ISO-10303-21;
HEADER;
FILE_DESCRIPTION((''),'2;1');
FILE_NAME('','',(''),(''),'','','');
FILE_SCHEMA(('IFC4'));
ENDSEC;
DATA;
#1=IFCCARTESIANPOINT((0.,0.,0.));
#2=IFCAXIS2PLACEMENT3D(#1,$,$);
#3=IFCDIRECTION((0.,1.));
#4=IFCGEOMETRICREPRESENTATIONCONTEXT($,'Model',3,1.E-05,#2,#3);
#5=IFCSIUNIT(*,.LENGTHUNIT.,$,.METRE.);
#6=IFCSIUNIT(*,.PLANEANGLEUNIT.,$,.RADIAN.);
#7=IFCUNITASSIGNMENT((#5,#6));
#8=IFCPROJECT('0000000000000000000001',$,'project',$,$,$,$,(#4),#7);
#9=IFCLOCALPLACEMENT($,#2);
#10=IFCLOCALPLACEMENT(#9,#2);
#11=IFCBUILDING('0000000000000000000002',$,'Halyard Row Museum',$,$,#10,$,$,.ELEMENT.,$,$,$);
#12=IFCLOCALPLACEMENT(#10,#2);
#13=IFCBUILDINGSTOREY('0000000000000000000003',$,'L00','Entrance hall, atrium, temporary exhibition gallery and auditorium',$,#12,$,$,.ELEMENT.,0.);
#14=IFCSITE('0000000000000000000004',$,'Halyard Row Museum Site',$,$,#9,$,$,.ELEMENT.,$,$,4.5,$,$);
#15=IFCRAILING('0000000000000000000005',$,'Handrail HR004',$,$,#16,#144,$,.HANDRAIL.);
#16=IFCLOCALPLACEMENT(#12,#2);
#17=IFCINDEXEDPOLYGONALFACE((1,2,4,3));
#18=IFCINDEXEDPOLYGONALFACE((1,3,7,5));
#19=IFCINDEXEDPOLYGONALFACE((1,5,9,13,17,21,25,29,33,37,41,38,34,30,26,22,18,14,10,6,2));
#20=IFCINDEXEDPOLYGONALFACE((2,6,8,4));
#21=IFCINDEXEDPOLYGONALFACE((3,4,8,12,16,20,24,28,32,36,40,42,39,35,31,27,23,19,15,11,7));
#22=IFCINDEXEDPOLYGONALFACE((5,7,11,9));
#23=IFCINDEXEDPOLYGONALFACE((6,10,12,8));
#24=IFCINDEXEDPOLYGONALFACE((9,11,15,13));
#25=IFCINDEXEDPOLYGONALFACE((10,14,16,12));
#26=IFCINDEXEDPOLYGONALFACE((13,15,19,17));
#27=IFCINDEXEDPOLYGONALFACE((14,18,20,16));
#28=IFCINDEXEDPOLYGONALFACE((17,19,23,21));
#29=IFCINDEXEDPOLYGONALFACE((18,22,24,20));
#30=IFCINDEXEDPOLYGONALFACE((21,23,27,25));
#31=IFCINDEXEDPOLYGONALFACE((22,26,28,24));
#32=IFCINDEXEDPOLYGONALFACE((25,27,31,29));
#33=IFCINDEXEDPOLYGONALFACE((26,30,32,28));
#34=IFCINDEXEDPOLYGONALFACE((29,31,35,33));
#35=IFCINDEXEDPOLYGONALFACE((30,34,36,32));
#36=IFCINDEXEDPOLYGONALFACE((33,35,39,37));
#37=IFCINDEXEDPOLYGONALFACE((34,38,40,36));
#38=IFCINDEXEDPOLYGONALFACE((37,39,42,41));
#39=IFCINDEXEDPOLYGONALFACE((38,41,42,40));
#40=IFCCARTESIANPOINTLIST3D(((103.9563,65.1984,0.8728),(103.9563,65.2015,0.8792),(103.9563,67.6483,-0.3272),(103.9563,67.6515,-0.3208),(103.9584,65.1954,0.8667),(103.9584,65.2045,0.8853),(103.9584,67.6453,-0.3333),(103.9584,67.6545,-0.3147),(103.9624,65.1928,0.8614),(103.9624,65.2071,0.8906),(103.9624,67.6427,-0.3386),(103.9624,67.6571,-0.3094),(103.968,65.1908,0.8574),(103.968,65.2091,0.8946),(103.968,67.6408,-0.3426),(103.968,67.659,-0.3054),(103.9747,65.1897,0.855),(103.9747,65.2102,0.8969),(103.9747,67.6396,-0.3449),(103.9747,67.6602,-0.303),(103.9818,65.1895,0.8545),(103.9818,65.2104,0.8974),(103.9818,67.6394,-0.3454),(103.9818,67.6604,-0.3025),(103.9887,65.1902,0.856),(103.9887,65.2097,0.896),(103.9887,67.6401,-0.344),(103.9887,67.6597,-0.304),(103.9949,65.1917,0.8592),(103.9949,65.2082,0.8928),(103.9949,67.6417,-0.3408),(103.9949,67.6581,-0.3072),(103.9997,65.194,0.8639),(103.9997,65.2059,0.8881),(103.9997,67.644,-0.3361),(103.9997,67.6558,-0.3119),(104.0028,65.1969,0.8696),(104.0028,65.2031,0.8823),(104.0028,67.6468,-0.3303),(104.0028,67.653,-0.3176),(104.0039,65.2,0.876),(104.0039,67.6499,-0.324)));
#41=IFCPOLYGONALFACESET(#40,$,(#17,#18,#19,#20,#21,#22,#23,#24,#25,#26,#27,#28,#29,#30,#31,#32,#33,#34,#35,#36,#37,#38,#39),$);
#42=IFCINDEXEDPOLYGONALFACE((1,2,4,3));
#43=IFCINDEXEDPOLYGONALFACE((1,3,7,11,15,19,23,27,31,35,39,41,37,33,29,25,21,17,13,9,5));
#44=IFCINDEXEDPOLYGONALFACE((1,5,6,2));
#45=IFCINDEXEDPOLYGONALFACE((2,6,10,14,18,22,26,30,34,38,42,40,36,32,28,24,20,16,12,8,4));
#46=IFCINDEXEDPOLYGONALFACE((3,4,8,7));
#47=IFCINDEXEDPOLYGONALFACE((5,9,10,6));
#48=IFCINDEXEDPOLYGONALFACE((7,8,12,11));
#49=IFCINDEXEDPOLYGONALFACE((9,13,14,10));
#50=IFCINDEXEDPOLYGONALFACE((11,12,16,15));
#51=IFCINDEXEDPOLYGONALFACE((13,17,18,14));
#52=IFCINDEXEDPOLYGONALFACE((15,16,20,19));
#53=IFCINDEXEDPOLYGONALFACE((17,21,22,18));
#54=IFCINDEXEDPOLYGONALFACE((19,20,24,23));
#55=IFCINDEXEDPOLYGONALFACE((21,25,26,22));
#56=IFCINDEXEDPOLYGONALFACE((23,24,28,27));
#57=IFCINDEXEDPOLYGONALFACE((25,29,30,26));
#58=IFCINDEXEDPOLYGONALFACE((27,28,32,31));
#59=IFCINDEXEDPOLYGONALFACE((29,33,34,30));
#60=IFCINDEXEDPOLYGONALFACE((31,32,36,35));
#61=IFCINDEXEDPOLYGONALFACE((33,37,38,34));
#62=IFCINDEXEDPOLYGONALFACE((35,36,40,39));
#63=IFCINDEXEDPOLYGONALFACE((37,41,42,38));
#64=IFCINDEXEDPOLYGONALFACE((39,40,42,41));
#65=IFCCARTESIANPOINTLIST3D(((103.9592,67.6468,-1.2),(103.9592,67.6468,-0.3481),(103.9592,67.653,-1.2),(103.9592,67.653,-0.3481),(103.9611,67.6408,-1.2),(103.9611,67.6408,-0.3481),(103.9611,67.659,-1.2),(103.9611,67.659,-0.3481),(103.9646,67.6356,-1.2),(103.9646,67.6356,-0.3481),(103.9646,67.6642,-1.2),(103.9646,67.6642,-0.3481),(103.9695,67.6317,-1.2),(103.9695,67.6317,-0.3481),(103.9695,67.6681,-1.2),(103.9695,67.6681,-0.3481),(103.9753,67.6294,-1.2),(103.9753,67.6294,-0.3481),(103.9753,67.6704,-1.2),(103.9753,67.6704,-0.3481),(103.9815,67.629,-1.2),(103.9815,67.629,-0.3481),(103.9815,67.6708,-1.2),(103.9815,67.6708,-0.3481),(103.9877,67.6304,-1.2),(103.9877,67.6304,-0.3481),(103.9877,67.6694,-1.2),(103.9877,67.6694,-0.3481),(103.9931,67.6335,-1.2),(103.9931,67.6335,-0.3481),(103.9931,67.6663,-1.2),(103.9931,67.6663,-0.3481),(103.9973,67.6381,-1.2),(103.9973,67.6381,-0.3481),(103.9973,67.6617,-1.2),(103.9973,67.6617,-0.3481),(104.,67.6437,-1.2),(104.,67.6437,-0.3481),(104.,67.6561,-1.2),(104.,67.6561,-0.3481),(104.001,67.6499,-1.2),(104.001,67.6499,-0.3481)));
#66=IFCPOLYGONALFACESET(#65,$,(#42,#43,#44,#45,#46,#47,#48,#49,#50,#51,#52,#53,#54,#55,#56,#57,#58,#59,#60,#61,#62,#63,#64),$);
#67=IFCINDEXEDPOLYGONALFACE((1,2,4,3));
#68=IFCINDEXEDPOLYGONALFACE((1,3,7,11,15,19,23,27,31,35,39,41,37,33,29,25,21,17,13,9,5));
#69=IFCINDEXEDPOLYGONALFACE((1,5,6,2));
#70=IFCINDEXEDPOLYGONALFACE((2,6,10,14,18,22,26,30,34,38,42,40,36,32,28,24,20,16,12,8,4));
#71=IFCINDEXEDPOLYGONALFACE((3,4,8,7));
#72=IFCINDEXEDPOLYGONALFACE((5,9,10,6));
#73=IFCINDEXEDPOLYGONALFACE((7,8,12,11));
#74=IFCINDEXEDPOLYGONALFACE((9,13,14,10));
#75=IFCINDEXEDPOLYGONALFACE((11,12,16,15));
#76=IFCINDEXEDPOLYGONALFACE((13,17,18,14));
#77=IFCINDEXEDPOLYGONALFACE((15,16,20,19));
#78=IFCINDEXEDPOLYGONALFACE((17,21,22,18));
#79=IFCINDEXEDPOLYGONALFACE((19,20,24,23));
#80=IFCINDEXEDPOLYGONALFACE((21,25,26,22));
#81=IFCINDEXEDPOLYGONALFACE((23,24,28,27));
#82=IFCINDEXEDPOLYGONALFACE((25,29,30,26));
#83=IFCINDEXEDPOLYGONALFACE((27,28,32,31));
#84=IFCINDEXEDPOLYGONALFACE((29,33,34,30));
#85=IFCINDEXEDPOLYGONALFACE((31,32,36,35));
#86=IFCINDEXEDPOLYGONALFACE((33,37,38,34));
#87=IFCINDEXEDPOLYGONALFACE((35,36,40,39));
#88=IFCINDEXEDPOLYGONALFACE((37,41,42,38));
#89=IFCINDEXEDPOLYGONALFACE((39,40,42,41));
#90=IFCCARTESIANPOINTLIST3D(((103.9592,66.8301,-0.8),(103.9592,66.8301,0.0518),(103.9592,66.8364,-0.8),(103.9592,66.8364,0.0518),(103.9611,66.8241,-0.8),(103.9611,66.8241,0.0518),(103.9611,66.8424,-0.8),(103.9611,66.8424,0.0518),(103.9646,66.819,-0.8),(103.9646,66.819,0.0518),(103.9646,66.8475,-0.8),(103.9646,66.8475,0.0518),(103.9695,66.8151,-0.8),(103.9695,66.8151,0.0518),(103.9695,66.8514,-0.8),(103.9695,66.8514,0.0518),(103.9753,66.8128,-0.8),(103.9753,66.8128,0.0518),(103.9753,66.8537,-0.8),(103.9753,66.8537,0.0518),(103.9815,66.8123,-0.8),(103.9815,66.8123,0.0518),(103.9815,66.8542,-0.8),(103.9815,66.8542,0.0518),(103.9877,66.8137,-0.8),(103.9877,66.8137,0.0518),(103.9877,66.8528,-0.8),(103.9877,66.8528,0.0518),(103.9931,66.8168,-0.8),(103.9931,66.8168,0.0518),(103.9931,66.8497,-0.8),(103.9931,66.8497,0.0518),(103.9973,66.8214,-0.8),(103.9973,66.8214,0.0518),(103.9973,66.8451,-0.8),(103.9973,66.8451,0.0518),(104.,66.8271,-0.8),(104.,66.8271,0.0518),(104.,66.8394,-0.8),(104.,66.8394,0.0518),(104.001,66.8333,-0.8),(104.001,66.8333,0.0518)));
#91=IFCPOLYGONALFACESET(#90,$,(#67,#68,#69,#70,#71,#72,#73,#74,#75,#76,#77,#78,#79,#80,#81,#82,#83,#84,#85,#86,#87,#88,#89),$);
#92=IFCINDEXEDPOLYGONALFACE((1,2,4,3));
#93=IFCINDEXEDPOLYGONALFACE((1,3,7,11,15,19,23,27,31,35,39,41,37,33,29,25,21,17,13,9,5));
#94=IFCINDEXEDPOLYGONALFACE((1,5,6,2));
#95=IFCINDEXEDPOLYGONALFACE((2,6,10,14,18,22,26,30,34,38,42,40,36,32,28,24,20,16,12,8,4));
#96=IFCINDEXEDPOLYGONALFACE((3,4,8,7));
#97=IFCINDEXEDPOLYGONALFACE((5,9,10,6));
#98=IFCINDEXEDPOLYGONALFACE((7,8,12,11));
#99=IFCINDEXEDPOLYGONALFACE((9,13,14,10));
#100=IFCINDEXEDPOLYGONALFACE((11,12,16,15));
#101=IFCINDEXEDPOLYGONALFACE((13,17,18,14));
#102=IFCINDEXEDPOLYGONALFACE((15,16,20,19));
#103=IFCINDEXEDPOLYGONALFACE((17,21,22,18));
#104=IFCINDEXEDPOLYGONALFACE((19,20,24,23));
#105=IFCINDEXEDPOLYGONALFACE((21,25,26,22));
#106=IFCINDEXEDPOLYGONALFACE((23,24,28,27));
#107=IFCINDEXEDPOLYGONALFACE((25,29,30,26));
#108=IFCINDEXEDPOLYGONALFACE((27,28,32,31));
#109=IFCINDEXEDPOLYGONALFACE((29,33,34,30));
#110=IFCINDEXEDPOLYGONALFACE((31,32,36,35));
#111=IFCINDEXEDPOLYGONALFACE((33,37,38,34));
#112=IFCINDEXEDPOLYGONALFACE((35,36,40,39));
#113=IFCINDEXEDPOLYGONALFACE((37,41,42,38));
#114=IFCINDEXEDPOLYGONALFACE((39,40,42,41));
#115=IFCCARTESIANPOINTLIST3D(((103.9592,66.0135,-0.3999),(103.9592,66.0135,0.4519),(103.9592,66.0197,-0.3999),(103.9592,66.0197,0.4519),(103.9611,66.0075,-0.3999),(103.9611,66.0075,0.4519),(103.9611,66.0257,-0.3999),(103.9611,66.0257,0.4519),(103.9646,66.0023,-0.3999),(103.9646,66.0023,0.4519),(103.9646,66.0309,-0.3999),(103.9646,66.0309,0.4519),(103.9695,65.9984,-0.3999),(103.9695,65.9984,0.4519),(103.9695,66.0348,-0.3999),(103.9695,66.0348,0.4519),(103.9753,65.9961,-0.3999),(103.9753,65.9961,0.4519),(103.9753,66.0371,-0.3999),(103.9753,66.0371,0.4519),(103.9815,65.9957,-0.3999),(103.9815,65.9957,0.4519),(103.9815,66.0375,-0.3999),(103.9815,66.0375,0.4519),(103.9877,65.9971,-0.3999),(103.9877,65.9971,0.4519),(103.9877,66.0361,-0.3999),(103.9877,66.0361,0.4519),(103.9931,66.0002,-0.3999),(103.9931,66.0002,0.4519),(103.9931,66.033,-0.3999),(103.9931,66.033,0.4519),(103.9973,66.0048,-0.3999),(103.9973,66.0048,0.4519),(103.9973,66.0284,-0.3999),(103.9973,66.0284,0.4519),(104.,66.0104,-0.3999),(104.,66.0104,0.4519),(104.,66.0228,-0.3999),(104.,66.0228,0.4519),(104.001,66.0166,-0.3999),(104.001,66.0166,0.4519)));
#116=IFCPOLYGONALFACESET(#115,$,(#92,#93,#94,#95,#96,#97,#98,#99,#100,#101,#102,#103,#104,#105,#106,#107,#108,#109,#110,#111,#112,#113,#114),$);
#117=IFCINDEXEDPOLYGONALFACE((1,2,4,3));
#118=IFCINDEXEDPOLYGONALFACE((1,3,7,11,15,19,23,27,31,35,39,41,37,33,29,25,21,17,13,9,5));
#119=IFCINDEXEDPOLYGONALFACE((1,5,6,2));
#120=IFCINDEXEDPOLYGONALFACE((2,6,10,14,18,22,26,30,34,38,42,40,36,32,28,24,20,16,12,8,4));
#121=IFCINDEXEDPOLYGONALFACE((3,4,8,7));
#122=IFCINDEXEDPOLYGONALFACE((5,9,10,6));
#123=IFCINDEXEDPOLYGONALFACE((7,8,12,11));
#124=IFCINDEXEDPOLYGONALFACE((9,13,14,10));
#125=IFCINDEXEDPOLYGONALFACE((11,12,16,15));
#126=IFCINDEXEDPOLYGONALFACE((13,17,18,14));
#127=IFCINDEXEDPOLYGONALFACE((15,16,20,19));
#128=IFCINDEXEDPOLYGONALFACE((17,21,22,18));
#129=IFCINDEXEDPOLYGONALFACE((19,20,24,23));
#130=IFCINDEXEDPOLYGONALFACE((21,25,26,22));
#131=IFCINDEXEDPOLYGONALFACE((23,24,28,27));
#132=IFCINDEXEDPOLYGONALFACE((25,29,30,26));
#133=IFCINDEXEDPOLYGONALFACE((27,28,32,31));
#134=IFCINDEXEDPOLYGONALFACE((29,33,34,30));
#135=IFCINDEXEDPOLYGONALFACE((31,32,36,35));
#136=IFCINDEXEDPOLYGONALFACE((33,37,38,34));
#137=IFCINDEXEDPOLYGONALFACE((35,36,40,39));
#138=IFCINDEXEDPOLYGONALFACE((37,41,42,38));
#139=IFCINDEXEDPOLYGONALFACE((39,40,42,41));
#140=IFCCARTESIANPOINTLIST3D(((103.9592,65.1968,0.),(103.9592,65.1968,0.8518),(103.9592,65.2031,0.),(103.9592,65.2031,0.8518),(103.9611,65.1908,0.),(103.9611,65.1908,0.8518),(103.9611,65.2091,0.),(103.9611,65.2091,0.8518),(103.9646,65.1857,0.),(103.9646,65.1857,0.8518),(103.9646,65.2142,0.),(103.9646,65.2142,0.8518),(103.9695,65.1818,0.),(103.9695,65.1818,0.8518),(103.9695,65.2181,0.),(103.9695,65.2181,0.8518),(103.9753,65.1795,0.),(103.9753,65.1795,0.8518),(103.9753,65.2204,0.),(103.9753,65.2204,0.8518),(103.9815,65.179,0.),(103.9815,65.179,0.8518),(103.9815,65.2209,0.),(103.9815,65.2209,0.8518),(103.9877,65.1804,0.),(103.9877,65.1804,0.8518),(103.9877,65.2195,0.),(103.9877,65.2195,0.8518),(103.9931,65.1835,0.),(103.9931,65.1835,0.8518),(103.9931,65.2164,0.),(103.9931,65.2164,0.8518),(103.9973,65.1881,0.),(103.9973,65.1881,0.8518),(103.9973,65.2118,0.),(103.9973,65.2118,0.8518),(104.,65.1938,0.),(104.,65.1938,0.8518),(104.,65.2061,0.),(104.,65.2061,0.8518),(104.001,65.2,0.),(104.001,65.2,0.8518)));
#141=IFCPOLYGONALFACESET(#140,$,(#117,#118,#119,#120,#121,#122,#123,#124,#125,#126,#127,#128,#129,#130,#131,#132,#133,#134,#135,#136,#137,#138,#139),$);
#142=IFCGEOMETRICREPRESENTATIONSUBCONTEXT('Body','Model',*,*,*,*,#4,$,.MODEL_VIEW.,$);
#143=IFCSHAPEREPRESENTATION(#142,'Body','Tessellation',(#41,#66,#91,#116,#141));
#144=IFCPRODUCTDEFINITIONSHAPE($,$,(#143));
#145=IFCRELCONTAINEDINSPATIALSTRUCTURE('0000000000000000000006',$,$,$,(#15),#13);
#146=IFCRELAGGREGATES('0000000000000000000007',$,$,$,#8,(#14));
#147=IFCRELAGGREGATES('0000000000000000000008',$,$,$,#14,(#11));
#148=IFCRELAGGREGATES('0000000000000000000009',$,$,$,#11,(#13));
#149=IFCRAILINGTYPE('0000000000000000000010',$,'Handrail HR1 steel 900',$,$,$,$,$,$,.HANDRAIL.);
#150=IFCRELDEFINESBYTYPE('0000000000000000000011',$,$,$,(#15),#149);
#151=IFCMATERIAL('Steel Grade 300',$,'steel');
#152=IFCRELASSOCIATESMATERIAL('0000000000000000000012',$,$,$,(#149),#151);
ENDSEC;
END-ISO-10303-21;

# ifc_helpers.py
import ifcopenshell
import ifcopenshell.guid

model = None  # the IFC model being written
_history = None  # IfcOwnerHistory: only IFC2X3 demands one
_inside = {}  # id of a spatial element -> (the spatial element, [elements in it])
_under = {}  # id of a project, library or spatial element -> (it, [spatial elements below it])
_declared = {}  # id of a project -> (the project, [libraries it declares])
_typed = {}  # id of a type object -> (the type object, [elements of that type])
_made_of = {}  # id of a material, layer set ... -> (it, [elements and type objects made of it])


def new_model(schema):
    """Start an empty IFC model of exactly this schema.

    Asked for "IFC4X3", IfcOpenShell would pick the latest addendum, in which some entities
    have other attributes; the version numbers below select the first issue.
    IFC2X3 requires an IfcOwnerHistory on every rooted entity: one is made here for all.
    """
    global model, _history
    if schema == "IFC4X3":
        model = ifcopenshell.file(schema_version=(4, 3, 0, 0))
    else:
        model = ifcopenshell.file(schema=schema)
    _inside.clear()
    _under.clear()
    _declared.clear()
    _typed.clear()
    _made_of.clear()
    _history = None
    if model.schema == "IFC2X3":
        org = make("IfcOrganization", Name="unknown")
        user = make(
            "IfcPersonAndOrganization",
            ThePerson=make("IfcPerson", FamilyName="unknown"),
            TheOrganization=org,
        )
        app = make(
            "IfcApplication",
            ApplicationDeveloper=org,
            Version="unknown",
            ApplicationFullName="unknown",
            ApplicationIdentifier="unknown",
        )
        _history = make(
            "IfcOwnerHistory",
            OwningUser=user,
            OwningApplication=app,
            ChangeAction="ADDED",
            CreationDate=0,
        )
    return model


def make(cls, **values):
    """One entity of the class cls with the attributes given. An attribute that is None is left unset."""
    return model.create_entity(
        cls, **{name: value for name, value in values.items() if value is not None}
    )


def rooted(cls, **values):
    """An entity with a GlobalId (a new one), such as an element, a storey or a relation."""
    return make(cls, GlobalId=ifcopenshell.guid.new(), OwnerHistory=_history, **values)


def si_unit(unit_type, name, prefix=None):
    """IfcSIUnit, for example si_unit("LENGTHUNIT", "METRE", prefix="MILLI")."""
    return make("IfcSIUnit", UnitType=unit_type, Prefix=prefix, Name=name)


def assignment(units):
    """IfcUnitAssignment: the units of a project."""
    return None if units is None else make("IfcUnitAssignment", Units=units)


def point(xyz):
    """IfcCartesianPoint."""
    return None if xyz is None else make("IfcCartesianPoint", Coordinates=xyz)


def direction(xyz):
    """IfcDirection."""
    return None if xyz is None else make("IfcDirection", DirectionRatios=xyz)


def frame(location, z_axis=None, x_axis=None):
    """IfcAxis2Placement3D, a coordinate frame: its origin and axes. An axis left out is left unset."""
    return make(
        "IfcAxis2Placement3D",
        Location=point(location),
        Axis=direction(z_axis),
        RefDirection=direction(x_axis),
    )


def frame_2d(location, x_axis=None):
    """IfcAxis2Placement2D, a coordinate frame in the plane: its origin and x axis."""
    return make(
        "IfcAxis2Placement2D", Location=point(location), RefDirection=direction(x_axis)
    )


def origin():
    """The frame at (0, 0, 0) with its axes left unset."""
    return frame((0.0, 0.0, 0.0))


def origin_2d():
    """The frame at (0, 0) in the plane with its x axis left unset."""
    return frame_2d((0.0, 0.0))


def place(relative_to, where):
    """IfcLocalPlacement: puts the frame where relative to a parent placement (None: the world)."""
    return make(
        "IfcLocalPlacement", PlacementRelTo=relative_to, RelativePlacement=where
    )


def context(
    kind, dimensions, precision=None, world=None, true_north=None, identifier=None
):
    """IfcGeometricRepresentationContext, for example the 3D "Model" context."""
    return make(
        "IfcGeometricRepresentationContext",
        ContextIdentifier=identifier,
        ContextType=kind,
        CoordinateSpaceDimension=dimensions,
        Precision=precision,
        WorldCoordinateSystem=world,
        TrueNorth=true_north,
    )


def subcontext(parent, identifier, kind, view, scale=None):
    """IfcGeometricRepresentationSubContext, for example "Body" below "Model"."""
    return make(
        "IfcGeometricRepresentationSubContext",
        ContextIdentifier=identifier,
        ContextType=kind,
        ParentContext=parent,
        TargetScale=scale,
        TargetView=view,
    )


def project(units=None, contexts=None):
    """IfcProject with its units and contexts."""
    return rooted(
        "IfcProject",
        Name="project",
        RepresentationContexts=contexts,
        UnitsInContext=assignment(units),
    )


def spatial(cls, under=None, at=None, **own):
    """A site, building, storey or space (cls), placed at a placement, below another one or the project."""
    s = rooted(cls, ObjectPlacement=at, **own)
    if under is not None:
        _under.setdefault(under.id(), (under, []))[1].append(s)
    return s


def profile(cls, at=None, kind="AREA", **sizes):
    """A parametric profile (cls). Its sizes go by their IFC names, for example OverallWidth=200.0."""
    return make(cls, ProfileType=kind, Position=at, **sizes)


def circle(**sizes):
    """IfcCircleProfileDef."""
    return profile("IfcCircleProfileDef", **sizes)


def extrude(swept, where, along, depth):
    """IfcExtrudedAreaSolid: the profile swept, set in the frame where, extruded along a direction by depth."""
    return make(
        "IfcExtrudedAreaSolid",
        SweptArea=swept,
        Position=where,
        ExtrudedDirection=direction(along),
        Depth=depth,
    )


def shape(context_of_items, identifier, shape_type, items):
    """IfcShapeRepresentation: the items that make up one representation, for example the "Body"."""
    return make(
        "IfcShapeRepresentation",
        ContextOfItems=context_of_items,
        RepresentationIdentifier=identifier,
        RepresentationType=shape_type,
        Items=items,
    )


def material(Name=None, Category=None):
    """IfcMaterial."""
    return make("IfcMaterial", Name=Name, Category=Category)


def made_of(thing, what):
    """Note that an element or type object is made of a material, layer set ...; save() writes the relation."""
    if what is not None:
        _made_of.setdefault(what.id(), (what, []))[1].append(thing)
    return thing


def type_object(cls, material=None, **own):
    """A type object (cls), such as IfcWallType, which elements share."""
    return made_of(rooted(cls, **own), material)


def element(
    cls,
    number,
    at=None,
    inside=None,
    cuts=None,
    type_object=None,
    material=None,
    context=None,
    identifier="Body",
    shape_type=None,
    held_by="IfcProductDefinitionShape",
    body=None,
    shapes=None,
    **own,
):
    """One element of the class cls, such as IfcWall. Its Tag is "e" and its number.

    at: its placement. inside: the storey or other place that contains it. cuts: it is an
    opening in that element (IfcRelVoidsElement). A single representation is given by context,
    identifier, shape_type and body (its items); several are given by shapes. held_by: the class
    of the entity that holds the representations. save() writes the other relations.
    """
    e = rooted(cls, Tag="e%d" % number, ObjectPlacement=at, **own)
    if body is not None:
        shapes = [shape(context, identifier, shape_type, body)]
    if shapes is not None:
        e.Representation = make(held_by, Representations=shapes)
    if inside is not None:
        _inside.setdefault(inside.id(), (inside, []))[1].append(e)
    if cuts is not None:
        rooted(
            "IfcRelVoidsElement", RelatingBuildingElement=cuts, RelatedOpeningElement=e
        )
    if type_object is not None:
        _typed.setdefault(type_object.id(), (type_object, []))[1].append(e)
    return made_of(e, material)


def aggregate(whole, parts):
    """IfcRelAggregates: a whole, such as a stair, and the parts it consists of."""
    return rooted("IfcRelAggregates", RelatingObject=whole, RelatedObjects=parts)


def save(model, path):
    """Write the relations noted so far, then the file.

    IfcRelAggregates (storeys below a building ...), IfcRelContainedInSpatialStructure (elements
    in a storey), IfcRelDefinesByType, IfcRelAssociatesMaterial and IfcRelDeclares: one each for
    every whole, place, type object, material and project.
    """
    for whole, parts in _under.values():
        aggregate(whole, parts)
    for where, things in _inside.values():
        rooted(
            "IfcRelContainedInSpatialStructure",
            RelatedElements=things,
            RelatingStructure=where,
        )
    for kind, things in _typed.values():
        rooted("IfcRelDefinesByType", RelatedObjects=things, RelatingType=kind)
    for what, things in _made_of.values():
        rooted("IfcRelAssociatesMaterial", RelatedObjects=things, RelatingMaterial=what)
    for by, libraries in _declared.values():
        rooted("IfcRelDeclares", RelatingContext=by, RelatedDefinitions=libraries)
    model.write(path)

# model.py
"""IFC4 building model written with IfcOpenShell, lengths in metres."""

from ifc_helpers import new_model, si_unit, direction, frame, origin, origin_2d, place, context, subcontext, project, spatial, circle, extrude, material, type_object, element, save


model = new_model("IFC4")

# Units and contexts
model_context = context("Model", 3, precision=1e-05, world=origin(), true_north=direction((0.0, 1.0)))
body_context = subcontext(model_context, "Body", "Model", "MODEL_VIEW")
ifc_project = project(units=[si_unit("LENGTHUNIT", "METRE"), si_unit("PLANEANGLEUNIT", "RADIAN")], contexts=[model_context])

# Site, building, storey
site_placement = place(None, origin())
site = spatial("IfcSite", under=ifc_project, at=site_placement, Name="Halyard Row Museum Site", CompositionType="ELEMENT", RefElevation=4.5)
building_placement = place(site_placement, origin())
building = spatial("IfcBuilding", under=site, at=building_placement, Name="Halyard Row Museum", CompositionType="ELEMENT")
storey_placement = place(building_placement, origin())
storey = spatial("IfcBuildingStorey", under=building, at=storey_placement, Name="L00", Description="Entrance hall, atrium, temporary exhibition gallery and auditorium", CompositionType="ELEMENT", Elevation=0.0)

# Railing
ifc_material_1 = material(Name="Steel Grade 300", Category="steel")
railing_type_1 = type_object("IfcRailingType", Name="Handrail HR1 steel 900", PredefinedType="HANDRAIL", material=ifc_material_1)
for number, where, name in (
    (1, (103.98, 67.6499, -1.2), "Handrail HR004"),
):
    element("IfcRailing", number, at=place(storey_placement, frame(where)), inside=storey, type_object=railing_type_1, Name=name, PredefinedType="HANDRAIL", context=body_context, shape_type="SweptSolid", body=[
        extrude(circle(Radius=0.0239, at=origin_2d()), frame((0.0, 0.0, 0.876), z_axis=(0.0, -0.898066, 0.43986), x_axis=(1.0, 0.0, 0.0)), (0.0, 0.0, 1.0), 2.728),
        extrude(circle(Radius=0.021, at=origin_2d()), origin(), (0.0, 0.0, 1.0), 0.8518),
        extrude(circle(Radius=0.021, at=origin_2d()), frame((0.0, -0.8167, 0.3999)), (0.0, 0.0, 1.0), 0.8518),
        extrude(circle(Radius=0.021, at=origin_2d()), frame((0.0, -1.6333, 0.8)), (0.0, 0.0, 1.0), 0.8518),
        extrude(circle(Radius=0.021, at=origin_2d()), frame((0.0, -2.45, 1.2)), (0.0, 0.0, 1.0), 0.8518),
    ])

save(model, "model.ifc")
